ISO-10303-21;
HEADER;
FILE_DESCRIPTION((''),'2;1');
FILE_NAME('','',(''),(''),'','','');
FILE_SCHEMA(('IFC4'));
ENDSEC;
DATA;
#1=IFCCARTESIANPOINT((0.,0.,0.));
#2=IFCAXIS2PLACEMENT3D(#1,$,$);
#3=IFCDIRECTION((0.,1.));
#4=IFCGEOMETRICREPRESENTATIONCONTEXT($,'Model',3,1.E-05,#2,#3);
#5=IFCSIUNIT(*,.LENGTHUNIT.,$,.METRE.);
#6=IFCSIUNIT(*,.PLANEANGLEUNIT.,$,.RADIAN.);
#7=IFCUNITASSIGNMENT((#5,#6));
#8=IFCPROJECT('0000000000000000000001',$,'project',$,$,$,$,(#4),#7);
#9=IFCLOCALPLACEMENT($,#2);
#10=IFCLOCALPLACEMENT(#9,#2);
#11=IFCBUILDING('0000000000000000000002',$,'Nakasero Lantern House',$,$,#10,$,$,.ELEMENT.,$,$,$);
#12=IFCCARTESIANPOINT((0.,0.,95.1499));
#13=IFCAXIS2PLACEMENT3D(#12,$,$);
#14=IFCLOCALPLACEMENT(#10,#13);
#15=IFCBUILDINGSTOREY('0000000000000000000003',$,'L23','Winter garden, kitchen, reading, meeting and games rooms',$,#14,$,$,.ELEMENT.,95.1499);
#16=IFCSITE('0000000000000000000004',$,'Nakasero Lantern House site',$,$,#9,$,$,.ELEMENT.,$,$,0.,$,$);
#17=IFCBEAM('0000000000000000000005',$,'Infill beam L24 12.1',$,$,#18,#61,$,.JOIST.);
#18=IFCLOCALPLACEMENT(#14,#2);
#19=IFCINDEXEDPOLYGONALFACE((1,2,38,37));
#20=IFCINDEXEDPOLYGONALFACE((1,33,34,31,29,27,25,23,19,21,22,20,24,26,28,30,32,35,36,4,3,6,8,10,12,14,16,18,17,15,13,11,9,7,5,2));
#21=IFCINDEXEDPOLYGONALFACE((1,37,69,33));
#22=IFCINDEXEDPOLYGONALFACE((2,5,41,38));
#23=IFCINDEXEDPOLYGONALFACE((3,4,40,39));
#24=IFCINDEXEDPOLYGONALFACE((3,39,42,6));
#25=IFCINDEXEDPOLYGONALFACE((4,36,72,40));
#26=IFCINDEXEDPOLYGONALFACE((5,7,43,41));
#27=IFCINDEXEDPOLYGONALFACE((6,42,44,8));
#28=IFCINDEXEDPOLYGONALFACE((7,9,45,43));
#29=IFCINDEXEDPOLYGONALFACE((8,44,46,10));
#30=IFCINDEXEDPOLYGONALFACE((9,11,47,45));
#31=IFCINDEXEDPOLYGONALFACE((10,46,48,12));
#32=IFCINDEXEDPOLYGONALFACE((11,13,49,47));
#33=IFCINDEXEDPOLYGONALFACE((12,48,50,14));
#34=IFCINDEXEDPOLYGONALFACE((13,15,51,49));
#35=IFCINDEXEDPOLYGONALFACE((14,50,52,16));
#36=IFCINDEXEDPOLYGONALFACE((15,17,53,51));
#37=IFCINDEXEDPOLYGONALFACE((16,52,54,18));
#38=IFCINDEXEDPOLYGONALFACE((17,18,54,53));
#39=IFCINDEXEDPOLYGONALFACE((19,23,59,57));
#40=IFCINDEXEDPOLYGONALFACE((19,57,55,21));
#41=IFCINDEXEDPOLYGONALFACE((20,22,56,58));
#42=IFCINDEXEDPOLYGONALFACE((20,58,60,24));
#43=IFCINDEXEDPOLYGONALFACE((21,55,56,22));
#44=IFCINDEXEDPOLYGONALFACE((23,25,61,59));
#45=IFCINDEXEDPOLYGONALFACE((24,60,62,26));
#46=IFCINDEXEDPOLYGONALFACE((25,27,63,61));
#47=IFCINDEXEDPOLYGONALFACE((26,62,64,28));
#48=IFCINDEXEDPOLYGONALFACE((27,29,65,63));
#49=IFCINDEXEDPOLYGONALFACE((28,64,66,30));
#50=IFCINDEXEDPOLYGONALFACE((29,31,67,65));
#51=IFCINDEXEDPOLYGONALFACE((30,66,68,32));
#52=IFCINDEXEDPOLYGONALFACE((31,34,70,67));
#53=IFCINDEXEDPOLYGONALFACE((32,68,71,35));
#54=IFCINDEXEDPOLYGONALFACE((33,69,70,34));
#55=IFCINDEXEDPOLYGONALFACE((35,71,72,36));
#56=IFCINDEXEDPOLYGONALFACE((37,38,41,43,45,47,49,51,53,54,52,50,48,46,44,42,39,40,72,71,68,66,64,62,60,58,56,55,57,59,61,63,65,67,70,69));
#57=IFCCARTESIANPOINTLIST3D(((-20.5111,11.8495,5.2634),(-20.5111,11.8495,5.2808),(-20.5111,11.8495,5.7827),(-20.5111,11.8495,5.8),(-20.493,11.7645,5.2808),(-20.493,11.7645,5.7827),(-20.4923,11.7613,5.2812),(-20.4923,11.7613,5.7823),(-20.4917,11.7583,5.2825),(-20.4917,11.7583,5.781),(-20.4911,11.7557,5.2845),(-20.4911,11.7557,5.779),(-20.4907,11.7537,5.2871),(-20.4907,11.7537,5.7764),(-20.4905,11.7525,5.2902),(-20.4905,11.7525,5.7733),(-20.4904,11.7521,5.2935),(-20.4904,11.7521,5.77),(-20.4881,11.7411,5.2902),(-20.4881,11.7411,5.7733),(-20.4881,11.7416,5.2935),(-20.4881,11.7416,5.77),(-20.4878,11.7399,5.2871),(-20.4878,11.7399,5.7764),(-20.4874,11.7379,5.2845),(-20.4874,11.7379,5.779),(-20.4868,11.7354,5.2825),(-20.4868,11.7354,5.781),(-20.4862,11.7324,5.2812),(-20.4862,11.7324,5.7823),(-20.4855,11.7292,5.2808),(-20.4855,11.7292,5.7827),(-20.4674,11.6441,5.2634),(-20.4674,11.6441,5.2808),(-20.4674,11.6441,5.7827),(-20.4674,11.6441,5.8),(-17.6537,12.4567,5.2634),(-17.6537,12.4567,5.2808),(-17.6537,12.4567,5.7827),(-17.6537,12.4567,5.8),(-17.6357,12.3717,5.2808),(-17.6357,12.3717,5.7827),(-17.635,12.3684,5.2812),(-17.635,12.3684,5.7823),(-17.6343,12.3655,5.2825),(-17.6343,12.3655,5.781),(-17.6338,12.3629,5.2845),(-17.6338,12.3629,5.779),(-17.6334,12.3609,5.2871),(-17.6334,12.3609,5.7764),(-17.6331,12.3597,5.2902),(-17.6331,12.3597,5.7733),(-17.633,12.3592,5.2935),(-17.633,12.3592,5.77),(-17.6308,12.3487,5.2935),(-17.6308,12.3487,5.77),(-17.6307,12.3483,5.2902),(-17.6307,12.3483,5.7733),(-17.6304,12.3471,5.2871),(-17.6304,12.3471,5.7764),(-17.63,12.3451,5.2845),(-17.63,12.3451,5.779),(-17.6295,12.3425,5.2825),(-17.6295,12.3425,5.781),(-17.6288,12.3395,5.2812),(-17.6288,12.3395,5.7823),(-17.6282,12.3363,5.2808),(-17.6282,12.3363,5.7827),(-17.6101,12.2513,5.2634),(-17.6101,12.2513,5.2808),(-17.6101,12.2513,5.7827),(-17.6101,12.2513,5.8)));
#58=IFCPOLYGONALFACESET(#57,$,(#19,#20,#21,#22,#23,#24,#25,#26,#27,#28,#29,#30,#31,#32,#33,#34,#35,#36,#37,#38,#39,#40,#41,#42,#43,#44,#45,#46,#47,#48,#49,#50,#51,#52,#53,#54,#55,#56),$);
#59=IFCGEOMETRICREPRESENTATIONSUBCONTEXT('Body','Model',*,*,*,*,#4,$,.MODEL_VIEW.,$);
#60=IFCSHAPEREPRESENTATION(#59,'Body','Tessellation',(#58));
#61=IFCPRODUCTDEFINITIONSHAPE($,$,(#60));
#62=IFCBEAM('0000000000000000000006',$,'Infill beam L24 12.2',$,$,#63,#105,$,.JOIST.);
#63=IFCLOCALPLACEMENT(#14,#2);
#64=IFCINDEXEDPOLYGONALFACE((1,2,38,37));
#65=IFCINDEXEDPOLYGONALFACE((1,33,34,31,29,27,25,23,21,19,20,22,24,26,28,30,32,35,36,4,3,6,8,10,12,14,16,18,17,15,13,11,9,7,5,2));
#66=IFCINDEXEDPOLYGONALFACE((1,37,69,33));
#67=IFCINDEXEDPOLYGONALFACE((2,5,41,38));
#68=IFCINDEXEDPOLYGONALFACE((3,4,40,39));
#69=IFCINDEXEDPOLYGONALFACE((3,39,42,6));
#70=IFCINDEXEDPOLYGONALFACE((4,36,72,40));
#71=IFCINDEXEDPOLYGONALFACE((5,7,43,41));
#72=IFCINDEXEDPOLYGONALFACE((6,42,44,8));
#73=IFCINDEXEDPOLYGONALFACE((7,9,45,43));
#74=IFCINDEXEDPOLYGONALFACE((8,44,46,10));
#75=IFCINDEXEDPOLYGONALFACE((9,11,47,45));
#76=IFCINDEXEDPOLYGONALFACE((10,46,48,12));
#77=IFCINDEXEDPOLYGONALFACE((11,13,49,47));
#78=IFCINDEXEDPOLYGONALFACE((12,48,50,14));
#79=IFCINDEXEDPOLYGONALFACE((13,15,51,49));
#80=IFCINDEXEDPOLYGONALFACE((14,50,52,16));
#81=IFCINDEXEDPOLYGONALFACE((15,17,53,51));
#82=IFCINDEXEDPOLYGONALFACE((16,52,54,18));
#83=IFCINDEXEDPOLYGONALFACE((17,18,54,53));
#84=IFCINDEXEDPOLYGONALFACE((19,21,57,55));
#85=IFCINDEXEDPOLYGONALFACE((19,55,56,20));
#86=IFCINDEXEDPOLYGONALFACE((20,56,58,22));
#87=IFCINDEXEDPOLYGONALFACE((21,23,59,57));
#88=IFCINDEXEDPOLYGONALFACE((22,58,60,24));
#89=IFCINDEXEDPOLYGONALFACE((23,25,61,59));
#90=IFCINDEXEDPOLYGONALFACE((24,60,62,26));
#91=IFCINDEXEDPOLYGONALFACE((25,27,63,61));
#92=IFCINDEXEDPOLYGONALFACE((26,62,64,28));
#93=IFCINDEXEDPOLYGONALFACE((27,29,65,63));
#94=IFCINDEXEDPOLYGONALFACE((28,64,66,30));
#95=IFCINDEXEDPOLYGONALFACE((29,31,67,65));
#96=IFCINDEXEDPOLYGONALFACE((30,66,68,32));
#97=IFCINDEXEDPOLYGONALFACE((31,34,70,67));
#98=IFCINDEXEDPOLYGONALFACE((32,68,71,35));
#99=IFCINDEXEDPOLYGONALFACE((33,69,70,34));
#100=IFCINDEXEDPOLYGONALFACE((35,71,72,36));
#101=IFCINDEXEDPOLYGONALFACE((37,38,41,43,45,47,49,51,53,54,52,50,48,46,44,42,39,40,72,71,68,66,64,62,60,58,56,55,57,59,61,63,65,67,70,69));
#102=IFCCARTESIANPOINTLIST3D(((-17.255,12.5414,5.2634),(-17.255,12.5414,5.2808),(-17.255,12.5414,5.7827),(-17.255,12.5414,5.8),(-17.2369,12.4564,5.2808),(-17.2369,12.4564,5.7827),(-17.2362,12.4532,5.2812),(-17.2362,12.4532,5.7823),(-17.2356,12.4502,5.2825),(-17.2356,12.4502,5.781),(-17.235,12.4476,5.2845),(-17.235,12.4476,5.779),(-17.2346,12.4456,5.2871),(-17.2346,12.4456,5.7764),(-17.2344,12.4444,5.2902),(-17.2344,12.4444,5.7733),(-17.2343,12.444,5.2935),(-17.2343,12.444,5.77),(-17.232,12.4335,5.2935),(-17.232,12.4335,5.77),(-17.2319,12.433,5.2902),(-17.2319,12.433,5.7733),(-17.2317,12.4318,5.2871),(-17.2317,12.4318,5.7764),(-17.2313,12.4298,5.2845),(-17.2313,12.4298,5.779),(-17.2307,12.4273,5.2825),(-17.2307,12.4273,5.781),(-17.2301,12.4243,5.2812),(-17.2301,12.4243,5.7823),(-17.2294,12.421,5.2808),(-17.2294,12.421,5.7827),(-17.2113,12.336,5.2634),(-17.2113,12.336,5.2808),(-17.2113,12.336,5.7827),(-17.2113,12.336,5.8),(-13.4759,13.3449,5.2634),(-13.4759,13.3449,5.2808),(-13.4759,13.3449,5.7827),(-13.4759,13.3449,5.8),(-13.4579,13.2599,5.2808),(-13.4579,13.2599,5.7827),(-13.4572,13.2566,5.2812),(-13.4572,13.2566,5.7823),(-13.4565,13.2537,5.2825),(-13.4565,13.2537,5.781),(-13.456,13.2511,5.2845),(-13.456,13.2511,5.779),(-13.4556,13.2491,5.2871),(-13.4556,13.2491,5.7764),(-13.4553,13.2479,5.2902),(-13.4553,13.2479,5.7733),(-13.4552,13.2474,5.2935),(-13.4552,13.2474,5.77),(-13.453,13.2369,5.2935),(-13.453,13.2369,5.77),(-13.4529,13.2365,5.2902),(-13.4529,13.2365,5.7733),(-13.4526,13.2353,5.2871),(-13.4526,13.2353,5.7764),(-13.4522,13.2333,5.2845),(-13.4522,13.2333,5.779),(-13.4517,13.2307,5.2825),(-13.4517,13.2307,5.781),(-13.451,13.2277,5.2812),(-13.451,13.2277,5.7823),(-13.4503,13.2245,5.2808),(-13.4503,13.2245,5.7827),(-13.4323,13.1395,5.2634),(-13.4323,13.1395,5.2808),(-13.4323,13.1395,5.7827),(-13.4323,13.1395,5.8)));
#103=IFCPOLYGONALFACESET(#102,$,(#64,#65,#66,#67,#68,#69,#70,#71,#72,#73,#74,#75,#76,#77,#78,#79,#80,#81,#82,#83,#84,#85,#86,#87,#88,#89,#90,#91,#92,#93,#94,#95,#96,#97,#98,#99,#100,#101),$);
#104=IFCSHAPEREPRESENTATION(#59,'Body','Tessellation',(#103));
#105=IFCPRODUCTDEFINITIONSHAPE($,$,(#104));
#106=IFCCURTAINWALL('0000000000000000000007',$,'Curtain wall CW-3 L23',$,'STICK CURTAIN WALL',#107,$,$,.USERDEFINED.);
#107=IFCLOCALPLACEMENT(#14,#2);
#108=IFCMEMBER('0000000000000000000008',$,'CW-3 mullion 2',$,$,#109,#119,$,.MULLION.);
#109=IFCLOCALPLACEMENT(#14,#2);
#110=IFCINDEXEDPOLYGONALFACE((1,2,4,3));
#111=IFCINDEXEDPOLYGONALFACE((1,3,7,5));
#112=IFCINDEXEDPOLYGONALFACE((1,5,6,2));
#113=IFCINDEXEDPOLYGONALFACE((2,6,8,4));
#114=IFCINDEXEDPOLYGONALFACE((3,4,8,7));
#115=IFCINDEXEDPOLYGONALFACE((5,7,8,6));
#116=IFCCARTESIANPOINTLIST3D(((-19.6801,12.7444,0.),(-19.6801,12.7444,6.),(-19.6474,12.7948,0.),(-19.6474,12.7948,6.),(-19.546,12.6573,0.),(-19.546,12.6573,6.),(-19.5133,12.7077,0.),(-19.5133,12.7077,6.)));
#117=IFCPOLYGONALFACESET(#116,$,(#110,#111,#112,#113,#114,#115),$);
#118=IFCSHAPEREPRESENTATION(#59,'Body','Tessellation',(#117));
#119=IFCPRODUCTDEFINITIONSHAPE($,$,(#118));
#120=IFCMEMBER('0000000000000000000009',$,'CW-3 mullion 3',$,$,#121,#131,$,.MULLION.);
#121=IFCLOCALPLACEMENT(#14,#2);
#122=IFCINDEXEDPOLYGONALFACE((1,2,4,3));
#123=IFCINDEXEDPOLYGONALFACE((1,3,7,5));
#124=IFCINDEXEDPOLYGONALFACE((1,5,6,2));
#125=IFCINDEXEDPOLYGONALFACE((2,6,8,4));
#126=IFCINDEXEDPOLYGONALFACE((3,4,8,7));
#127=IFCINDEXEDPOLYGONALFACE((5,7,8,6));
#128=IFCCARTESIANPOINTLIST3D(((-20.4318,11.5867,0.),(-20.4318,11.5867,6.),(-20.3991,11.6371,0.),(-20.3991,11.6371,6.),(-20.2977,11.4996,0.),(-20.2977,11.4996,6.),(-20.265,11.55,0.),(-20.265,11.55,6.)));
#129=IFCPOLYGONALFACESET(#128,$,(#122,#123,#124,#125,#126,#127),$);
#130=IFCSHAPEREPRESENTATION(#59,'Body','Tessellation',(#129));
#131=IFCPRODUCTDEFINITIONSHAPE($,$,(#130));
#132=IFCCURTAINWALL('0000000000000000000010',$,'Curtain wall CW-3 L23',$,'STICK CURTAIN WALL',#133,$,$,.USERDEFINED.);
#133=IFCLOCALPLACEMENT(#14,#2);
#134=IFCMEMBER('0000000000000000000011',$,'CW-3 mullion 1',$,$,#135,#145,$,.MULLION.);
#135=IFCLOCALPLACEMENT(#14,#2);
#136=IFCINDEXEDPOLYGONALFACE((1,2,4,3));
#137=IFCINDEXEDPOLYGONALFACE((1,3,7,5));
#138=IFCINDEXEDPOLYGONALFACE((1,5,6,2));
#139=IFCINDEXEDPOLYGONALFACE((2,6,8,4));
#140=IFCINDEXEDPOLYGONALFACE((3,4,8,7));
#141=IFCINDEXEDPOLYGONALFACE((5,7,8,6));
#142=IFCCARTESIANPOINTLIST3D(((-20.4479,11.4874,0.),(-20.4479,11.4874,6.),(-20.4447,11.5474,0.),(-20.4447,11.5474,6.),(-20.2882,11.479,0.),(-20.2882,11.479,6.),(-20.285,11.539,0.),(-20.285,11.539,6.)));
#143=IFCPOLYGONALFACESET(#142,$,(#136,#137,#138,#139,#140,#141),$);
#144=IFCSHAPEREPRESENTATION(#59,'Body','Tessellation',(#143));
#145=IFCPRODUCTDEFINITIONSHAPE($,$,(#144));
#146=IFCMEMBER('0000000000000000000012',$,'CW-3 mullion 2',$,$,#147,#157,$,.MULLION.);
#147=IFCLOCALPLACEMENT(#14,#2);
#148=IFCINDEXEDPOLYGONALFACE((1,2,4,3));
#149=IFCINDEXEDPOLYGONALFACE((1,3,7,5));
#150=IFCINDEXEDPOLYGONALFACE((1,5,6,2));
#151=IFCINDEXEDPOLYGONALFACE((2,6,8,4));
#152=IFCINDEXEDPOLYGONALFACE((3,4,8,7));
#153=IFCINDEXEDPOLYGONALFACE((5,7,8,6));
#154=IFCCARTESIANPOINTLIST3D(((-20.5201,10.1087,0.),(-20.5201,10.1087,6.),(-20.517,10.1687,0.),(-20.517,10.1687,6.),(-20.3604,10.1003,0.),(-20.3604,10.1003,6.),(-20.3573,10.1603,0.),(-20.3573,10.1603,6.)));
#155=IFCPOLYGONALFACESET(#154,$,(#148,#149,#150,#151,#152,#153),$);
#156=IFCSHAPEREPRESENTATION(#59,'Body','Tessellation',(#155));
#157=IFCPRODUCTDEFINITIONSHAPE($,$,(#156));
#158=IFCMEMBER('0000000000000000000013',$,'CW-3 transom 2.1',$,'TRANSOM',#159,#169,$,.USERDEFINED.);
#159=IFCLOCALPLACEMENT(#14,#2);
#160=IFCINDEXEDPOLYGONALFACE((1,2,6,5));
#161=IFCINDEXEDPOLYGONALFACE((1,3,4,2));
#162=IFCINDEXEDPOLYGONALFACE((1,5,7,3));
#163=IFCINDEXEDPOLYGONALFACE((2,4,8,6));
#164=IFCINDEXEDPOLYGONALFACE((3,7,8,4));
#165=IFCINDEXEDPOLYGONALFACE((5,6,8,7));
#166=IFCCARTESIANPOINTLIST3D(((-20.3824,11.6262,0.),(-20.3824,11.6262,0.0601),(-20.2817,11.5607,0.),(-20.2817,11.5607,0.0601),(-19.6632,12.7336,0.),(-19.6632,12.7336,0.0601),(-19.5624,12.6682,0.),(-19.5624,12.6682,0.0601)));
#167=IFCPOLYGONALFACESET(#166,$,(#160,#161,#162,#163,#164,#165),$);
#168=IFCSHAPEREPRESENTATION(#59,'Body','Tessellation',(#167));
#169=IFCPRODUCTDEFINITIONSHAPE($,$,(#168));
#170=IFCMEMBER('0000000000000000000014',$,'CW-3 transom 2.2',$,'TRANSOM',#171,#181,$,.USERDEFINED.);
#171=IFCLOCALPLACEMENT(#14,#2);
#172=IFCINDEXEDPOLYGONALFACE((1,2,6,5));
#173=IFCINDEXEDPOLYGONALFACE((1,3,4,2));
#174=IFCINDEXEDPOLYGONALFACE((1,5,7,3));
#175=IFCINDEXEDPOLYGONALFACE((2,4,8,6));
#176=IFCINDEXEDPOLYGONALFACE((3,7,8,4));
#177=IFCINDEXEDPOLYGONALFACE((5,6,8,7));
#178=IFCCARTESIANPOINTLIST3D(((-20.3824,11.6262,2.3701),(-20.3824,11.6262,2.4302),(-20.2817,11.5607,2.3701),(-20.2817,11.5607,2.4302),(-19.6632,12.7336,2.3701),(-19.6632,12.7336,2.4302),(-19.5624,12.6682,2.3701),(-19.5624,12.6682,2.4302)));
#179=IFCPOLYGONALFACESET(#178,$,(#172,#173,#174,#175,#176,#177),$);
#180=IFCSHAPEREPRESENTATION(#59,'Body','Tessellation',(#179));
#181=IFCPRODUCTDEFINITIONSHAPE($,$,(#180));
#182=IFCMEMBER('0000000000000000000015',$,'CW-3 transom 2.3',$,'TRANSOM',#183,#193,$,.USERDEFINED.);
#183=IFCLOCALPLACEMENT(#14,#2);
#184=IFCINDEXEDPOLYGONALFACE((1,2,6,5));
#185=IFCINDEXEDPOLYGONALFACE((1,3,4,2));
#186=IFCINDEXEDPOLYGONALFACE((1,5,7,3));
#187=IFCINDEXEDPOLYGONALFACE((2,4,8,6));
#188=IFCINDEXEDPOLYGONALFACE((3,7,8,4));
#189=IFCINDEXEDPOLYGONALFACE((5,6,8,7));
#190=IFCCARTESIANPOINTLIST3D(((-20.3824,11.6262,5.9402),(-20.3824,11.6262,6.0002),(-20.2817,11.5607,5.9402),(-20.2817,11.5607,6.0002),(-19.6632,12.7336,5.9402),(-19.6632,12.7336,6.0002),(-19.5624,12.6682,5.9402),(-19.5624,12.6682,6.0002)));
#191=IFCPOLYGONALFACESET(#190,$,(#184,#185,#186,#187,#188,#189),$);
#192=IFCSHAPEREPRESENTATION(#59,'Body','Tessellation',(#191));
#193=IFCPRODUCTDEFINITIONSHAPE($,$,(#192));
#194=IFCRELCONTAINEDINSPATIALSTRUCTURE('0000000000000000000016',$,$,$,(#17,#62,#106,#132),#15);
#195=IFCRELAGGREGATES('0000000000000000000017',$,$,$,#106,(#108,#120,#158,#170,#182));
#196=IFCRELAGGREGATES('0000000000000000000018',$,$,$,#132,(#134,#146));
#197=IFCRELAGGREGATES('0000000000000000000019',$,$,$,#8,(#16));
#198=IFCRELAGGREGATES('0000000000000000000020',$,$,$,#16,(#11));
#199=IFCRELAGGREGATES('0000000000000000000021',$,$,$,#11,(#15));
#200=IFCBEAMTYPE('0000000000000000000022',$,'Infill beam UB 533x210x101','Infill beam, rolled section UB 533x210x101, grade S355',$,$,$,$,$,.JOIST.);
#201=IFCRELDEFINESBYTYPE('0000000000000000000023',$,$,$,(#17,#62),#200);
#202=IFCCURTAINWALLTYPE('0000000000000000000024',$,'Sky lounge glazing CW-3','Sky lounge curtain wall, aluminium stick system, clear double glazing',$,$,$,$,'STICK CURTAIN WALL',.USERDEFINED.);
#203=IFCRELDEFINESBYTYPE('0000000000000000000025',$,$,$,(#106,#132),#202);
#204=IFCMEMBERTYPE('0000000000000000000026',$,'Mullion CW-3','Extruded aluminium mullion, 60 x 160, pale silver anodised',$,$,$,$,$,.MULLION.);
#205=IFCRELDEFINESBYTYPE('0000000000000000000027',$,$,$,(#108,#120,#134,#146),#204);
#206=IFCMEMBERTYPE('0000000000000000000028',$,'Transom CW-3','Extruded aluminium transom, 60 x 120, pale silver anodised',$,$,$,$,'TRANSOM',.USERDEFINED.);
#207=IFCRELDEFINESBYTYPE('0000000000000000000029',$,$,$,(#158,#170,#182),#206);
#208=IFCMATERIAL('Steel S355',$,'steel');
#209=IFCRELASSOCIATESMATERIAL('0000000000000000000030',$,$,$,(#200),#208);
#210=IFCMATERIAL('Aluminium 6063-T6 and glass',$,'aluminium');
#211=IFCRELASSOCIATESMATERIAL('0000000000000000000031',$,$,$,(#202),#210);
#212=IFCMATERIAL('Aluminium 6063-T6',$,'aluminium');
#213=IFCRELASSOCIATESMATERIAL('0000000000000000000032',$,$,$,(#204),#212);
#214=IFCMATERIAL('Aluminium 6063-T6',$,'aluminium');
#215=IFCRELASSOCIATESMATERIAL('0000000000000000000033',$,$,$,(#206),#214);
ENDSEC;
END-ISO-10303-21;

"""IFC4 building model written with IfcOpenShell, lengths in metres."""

from ifc_helpers import new_model, si_unit, direction, frame, origin, origin_2d, place, context, subcontext, project, spatial, rectangle, i_section, extrude, material, material_profile, profile_set, type_object, element, aggregate, save


model = new_model("IFC4")

# Units and contexts
model_context = context("Model", 3, precision=1e-05, world=origin(), true_north=direction((0.0, 1.0)))
body_context = subcontext(model_context, "Body", "Model", "MODEL_VIEW")
ifc_project = project(units=[si_unit("LENGTHUNIT", "METRE"), si_unit("PLANEANGLEUNIT", "RADIAN")], contexts=[model_context])

# Site, building, storey
site_placement = place(None, origin())
site = spatial("IfcSite", under=ifc_project, at=site_placement, Name="Nakasero Lantern House site", CompositionType="ELEMENT", RefElevation=0.0)
building_placement = place(site_placement, origin())
building = spatial("IfcBuilding", under=site, at=building_placement, Name="Nakasero Lantern House", CompositionType="ELEMENT")
storey_placement = place(building_placement, frame((0.0, 0.0, 95.1499)))
storey = spatial("IfcBuildingStorey", under=building, at=storey_placement, Name="L23", Description="Winter garden, kitchen, reading, meeting and games rooms", CompositionType="ELEMENT", Elevation=95.1499)

# Beams
ifc_material_1 = material(Name="Steel S355", Category="steel")
ifc_material_profile_1 = material_profile(ifc_material_1, i_section(OverallWidth=0.21, OverallDepth=0.5366, WebThickness=0.0107, FlangeThickness=0.0173, FilletRadius=0.0127, at=origin_2d()), Name="UB 533x210x101")
ifc_profile_set_1 = profile_set([ifc_material_profile_1], Name="Steel S355")
beam_type = type_object("IfcBeamType", Name="Infill beam UB 533x210x101", Description="Infill beam, rolled section UB 533x210x101, grade S355", PredefinedType="JOIST", material=ifc_profile_set_1)
beam_1_placement = place(storey_placement, frame((-20.4893, 11.7468, 5.5317), z_axis=(0.978161, 0.207851, 0.0), x_axis=(-0.207851, 0.978161, 0.0)))
element("IfcBeam", 1, at=beam_1_placement, inside=storey, type_object=beam_type, Name="Infill beam L24 12.1", PredefinedType="JOIST", context=body_context, shape_type="SweptSolid", body=[
    extrude(i_section(OverallWidth=0.21, OverallDepth=0.5366, WebThickness=0.0107, FlangeThickness=0.0173, FilletRadius=0.0127, at=origin_2d()), origin(), (0.0, 0.0, 1.0), 2.9211),
])
beam_2_placement = place(storey_placement, frame((-17.2332, 12.4387, 5.5317), z_axis=(0.978137, 0.207962, 0.0), x_axis=(-0.207962, 0.978137, 0.0)))
element("IfcBeam", 2, at=beam_2_placement, inside=storey, type_object=beam_type, Name="Infill beam L24 12.2", PredefinedType="JOIST", context=body_context, shape_type="SweptSolid", body=[
    extrude(i_section(OverallWidth=0.21, OverallDepth=0.5366, WebThickness=0.0107, FlangeThickness=0.0173, FilletRadius=0.0127, at=origin_2d()), origin(), (0.0, 0.0, 1.0), 3.8635),
])

# Curtain walls, members
ifc_material_2 = material(Name="Aluminium 6063-T6 and glass", Category="aluminium")
curtain_wall_type = type_object("IfcCurtainWallType", Name="Sky lounge glazing CW-3", Description="Sky lounge curtain wall, aluminium stick system, clear double glazing", ElementType="STICK CURTAIN WALL", PredefinedType="USERDEFINED", material=ifc_material_2)
curtain_wall_1_placement = place(storey_placement, origin())
curtain_wall_1 = element("IfcCurtainWall", 3, at=curtain_wall_1_placement, inside=storey, type_object=curtain_wall_type, Name="Curtain wall CW-3 L23", ObjectType="STICK CURTAIN WALL", PredefinedType="USERDEFINED")
ifc_material_3 = material(Name="Aluminium 6063-T6", Category="aluminium")
ifc_material_profile_2 = material_profile(ifc_material_3, rectangle(XDim=0.0601, YDim=0.1599, at=origin_2d()), Name="CW-3 mullion 60x160")
ifc_profile_set_2 = profile_set([ifc_material_profile_2], Name="Aluminium 6063-T6")
member_type_1 = type_object("IfcMemberType", Name="Mullion CW-3", Description="Extruded aluminium mullion, 60 x 160, pale silver anodised", PredefinedType="MULLION", material=ifc_profile_set_2)
member_1_placement = place(storey_placement, frame((-19.5967, 12.7261, 0.0), z_axis=(0.0, 0.0, 1.0), x_axis=(-0.544639, -0.838671, 0.0)))
member_1 = element("IfcMember", 4, at=member_1_placement, type_object=member_type_1, Name="CW-3 mullion 2", PredefinedType="MULLION", context=body_context, shape_type="SweptSolid", body=[
    extrude(rectangle(XDim=0.0601, YDim=0.1599, at=origin_2d()), origin(), (0.0, 0.0, 1.0), 6.0),
])
member_2_placement = place(storey_placement, frame((-20.3484, 11.5684, 0.0), z_axis=(0.0, 0.0, 1.0), x_axis=(-0.544639, -0.838671, 0.0)))
member_2 = element("IfcMember", 5, at=member_2_placement, type_object=member_type_1, Name="CW-3 mullion 3", PredefinedType="MULLION", context=body_context, shape_type="SweptSolid", body=[
    extrude(rectangle(XDim=0.0601, YDim=0.1599, at=origin_2d()), origin(), (0.0, 0.0, 1.0), 6.0),
])
curtain_wall_2_placement = place(storey_placement, origin())
curtain_wall_2 = element("IfcCurtainWall", 6, at=curtain_wall_2_placement, inside=storey, type_object=curtain_wall_type, Name="Curtain wall CW-3 L23", ObjectType="STICK CURTAIN WALL", PredefinedType="USERDEFINED")
member_3_placement = place(storey_placement, frame((-20.3665, 11.5132, 0.0), z_axis=(0.0, 0.0, 1.0), x_axis=(-0.052336, -0.99863, 0.0)))
member_3 = element("IfcMember", 7, at=member_3_placement, type_object=member_type_1, Name="CW-3 mullion 1", PredefinedType="MULLION", context=body_context, shape_type="SweptSolid", body=[
    extrude(rectangle(XDim=0.0601, YDim=0.1599, at=origin_2d()), origin(), (0.0, 0.0, 1.0), 6.0),
])
member_4_placement = place(storey_placement, frame((-20.4387, 10.1345, 0.0), z_axis=(0.0, 0.0, 1.0), x_axis=(-0.052336, -0.99863, 0.0)))
member_4 = element("IfcMember", 8, at=member_4_placement, type_object=member_type_1, Name="CW-3 mullion 2", PredefinedType="MULLION", context=body_context, shape_type="SweptSolid", body=[
    extrude(rectangle(XDim=0.0601, YDim=0.1599, at=origin_2d()), origin(), (0.0, 0.0, 1.0), 6.0),
])

# Members
ifc_material_4 = material(Name="Aluminium 6063-T6", Category="aluminium")
ifc_material_profile_3 = material_profile(ifc_material_4, rectangle(XDim=0.0601, YDim=0.1201, at=origin_2d()), Name="CW-3 transom 60x120")
ifc_profile_set_3 = profile_set([ifc_material_profile_3], Name="Aluminium 6063-T6")
member_type_2 = type_object("IfcMemberType", Name="Transom CW-3", Description="Extruded aluminium transom, 60 x 120, pale silver anodised", ElementType="TRANSOM", PredefinedType="USERDEFINED", material=ifc_profile_set_3)
member_5_placement = place(storey_placement, frame((-19.6128, 12.7009, 0.03), z_axis=(-0.544676, -0.838646, 0.0), x_axis=(0.0, 0.0, 1.0)))
member_5 = element("IfcMember", 9, at=member_5_placement, type_object=member_type_2, Name="CW-3 transom 2.1", ObjectType="TRANSOM", PredefinedType="USERDEFINED", context=body_context, shape_type="SweptSolid", body=[
    extrude(rectangle(XDim=0.0601, YDim=0.1201, at=origin_2d()), origin(), (0.0, 0.0, 1.0), 1.3206),
])
member_6_placement = place(storey_placement, frame((-19.6128, 12.7009, 2.4001), z_axis=(-0.544676, -0.838646, 0.0), x_axis=(0.0, 0.0, 1.0)))
member_6 = element("IfcMember", 10, at=member_6_placement, type_object=member_type_2, Name="CW-3 transom 2.2", ObjectType="TRANSOM", PredefinedType="USERDEFINED", context=body_context, shape_type="SweptSolid", body=[
    extrude(rectangle(XDim=0.0601, YDim=0.1201, at=origin_2d()), origin(), (0.0, 0.0, 1.0), 1.3206),
])
member_7_placement = place(storey_placement, frame((-19.6128, 12.7009, 5.9702), z_axis=(-0.544676, -0.838646, 0.0), x_axis=(0.0, 0.0, 1.0)))
member_7 = element("IfcMember", 11, at=member_7_placement, type_object=member_type_2, Name="CW-3 transom 2.3", ObjectType="TRANSOM", PredefinedType="USERDEFINED", context=body_context, shape_type="SweptSolid", body=[
    extrude(rectangle(XDim=0.0601, YDim=0.1201, at=origin_2d()), origin(), (0.0, 0.0, 1.0), 1.3206),
])

aggregate(curtain_wall_1, [member_1, member_2, member_5, member_6, member_7])
aggregate(curtain_wall_2, [member_3, member_4])

save(model, "model.ifc")
